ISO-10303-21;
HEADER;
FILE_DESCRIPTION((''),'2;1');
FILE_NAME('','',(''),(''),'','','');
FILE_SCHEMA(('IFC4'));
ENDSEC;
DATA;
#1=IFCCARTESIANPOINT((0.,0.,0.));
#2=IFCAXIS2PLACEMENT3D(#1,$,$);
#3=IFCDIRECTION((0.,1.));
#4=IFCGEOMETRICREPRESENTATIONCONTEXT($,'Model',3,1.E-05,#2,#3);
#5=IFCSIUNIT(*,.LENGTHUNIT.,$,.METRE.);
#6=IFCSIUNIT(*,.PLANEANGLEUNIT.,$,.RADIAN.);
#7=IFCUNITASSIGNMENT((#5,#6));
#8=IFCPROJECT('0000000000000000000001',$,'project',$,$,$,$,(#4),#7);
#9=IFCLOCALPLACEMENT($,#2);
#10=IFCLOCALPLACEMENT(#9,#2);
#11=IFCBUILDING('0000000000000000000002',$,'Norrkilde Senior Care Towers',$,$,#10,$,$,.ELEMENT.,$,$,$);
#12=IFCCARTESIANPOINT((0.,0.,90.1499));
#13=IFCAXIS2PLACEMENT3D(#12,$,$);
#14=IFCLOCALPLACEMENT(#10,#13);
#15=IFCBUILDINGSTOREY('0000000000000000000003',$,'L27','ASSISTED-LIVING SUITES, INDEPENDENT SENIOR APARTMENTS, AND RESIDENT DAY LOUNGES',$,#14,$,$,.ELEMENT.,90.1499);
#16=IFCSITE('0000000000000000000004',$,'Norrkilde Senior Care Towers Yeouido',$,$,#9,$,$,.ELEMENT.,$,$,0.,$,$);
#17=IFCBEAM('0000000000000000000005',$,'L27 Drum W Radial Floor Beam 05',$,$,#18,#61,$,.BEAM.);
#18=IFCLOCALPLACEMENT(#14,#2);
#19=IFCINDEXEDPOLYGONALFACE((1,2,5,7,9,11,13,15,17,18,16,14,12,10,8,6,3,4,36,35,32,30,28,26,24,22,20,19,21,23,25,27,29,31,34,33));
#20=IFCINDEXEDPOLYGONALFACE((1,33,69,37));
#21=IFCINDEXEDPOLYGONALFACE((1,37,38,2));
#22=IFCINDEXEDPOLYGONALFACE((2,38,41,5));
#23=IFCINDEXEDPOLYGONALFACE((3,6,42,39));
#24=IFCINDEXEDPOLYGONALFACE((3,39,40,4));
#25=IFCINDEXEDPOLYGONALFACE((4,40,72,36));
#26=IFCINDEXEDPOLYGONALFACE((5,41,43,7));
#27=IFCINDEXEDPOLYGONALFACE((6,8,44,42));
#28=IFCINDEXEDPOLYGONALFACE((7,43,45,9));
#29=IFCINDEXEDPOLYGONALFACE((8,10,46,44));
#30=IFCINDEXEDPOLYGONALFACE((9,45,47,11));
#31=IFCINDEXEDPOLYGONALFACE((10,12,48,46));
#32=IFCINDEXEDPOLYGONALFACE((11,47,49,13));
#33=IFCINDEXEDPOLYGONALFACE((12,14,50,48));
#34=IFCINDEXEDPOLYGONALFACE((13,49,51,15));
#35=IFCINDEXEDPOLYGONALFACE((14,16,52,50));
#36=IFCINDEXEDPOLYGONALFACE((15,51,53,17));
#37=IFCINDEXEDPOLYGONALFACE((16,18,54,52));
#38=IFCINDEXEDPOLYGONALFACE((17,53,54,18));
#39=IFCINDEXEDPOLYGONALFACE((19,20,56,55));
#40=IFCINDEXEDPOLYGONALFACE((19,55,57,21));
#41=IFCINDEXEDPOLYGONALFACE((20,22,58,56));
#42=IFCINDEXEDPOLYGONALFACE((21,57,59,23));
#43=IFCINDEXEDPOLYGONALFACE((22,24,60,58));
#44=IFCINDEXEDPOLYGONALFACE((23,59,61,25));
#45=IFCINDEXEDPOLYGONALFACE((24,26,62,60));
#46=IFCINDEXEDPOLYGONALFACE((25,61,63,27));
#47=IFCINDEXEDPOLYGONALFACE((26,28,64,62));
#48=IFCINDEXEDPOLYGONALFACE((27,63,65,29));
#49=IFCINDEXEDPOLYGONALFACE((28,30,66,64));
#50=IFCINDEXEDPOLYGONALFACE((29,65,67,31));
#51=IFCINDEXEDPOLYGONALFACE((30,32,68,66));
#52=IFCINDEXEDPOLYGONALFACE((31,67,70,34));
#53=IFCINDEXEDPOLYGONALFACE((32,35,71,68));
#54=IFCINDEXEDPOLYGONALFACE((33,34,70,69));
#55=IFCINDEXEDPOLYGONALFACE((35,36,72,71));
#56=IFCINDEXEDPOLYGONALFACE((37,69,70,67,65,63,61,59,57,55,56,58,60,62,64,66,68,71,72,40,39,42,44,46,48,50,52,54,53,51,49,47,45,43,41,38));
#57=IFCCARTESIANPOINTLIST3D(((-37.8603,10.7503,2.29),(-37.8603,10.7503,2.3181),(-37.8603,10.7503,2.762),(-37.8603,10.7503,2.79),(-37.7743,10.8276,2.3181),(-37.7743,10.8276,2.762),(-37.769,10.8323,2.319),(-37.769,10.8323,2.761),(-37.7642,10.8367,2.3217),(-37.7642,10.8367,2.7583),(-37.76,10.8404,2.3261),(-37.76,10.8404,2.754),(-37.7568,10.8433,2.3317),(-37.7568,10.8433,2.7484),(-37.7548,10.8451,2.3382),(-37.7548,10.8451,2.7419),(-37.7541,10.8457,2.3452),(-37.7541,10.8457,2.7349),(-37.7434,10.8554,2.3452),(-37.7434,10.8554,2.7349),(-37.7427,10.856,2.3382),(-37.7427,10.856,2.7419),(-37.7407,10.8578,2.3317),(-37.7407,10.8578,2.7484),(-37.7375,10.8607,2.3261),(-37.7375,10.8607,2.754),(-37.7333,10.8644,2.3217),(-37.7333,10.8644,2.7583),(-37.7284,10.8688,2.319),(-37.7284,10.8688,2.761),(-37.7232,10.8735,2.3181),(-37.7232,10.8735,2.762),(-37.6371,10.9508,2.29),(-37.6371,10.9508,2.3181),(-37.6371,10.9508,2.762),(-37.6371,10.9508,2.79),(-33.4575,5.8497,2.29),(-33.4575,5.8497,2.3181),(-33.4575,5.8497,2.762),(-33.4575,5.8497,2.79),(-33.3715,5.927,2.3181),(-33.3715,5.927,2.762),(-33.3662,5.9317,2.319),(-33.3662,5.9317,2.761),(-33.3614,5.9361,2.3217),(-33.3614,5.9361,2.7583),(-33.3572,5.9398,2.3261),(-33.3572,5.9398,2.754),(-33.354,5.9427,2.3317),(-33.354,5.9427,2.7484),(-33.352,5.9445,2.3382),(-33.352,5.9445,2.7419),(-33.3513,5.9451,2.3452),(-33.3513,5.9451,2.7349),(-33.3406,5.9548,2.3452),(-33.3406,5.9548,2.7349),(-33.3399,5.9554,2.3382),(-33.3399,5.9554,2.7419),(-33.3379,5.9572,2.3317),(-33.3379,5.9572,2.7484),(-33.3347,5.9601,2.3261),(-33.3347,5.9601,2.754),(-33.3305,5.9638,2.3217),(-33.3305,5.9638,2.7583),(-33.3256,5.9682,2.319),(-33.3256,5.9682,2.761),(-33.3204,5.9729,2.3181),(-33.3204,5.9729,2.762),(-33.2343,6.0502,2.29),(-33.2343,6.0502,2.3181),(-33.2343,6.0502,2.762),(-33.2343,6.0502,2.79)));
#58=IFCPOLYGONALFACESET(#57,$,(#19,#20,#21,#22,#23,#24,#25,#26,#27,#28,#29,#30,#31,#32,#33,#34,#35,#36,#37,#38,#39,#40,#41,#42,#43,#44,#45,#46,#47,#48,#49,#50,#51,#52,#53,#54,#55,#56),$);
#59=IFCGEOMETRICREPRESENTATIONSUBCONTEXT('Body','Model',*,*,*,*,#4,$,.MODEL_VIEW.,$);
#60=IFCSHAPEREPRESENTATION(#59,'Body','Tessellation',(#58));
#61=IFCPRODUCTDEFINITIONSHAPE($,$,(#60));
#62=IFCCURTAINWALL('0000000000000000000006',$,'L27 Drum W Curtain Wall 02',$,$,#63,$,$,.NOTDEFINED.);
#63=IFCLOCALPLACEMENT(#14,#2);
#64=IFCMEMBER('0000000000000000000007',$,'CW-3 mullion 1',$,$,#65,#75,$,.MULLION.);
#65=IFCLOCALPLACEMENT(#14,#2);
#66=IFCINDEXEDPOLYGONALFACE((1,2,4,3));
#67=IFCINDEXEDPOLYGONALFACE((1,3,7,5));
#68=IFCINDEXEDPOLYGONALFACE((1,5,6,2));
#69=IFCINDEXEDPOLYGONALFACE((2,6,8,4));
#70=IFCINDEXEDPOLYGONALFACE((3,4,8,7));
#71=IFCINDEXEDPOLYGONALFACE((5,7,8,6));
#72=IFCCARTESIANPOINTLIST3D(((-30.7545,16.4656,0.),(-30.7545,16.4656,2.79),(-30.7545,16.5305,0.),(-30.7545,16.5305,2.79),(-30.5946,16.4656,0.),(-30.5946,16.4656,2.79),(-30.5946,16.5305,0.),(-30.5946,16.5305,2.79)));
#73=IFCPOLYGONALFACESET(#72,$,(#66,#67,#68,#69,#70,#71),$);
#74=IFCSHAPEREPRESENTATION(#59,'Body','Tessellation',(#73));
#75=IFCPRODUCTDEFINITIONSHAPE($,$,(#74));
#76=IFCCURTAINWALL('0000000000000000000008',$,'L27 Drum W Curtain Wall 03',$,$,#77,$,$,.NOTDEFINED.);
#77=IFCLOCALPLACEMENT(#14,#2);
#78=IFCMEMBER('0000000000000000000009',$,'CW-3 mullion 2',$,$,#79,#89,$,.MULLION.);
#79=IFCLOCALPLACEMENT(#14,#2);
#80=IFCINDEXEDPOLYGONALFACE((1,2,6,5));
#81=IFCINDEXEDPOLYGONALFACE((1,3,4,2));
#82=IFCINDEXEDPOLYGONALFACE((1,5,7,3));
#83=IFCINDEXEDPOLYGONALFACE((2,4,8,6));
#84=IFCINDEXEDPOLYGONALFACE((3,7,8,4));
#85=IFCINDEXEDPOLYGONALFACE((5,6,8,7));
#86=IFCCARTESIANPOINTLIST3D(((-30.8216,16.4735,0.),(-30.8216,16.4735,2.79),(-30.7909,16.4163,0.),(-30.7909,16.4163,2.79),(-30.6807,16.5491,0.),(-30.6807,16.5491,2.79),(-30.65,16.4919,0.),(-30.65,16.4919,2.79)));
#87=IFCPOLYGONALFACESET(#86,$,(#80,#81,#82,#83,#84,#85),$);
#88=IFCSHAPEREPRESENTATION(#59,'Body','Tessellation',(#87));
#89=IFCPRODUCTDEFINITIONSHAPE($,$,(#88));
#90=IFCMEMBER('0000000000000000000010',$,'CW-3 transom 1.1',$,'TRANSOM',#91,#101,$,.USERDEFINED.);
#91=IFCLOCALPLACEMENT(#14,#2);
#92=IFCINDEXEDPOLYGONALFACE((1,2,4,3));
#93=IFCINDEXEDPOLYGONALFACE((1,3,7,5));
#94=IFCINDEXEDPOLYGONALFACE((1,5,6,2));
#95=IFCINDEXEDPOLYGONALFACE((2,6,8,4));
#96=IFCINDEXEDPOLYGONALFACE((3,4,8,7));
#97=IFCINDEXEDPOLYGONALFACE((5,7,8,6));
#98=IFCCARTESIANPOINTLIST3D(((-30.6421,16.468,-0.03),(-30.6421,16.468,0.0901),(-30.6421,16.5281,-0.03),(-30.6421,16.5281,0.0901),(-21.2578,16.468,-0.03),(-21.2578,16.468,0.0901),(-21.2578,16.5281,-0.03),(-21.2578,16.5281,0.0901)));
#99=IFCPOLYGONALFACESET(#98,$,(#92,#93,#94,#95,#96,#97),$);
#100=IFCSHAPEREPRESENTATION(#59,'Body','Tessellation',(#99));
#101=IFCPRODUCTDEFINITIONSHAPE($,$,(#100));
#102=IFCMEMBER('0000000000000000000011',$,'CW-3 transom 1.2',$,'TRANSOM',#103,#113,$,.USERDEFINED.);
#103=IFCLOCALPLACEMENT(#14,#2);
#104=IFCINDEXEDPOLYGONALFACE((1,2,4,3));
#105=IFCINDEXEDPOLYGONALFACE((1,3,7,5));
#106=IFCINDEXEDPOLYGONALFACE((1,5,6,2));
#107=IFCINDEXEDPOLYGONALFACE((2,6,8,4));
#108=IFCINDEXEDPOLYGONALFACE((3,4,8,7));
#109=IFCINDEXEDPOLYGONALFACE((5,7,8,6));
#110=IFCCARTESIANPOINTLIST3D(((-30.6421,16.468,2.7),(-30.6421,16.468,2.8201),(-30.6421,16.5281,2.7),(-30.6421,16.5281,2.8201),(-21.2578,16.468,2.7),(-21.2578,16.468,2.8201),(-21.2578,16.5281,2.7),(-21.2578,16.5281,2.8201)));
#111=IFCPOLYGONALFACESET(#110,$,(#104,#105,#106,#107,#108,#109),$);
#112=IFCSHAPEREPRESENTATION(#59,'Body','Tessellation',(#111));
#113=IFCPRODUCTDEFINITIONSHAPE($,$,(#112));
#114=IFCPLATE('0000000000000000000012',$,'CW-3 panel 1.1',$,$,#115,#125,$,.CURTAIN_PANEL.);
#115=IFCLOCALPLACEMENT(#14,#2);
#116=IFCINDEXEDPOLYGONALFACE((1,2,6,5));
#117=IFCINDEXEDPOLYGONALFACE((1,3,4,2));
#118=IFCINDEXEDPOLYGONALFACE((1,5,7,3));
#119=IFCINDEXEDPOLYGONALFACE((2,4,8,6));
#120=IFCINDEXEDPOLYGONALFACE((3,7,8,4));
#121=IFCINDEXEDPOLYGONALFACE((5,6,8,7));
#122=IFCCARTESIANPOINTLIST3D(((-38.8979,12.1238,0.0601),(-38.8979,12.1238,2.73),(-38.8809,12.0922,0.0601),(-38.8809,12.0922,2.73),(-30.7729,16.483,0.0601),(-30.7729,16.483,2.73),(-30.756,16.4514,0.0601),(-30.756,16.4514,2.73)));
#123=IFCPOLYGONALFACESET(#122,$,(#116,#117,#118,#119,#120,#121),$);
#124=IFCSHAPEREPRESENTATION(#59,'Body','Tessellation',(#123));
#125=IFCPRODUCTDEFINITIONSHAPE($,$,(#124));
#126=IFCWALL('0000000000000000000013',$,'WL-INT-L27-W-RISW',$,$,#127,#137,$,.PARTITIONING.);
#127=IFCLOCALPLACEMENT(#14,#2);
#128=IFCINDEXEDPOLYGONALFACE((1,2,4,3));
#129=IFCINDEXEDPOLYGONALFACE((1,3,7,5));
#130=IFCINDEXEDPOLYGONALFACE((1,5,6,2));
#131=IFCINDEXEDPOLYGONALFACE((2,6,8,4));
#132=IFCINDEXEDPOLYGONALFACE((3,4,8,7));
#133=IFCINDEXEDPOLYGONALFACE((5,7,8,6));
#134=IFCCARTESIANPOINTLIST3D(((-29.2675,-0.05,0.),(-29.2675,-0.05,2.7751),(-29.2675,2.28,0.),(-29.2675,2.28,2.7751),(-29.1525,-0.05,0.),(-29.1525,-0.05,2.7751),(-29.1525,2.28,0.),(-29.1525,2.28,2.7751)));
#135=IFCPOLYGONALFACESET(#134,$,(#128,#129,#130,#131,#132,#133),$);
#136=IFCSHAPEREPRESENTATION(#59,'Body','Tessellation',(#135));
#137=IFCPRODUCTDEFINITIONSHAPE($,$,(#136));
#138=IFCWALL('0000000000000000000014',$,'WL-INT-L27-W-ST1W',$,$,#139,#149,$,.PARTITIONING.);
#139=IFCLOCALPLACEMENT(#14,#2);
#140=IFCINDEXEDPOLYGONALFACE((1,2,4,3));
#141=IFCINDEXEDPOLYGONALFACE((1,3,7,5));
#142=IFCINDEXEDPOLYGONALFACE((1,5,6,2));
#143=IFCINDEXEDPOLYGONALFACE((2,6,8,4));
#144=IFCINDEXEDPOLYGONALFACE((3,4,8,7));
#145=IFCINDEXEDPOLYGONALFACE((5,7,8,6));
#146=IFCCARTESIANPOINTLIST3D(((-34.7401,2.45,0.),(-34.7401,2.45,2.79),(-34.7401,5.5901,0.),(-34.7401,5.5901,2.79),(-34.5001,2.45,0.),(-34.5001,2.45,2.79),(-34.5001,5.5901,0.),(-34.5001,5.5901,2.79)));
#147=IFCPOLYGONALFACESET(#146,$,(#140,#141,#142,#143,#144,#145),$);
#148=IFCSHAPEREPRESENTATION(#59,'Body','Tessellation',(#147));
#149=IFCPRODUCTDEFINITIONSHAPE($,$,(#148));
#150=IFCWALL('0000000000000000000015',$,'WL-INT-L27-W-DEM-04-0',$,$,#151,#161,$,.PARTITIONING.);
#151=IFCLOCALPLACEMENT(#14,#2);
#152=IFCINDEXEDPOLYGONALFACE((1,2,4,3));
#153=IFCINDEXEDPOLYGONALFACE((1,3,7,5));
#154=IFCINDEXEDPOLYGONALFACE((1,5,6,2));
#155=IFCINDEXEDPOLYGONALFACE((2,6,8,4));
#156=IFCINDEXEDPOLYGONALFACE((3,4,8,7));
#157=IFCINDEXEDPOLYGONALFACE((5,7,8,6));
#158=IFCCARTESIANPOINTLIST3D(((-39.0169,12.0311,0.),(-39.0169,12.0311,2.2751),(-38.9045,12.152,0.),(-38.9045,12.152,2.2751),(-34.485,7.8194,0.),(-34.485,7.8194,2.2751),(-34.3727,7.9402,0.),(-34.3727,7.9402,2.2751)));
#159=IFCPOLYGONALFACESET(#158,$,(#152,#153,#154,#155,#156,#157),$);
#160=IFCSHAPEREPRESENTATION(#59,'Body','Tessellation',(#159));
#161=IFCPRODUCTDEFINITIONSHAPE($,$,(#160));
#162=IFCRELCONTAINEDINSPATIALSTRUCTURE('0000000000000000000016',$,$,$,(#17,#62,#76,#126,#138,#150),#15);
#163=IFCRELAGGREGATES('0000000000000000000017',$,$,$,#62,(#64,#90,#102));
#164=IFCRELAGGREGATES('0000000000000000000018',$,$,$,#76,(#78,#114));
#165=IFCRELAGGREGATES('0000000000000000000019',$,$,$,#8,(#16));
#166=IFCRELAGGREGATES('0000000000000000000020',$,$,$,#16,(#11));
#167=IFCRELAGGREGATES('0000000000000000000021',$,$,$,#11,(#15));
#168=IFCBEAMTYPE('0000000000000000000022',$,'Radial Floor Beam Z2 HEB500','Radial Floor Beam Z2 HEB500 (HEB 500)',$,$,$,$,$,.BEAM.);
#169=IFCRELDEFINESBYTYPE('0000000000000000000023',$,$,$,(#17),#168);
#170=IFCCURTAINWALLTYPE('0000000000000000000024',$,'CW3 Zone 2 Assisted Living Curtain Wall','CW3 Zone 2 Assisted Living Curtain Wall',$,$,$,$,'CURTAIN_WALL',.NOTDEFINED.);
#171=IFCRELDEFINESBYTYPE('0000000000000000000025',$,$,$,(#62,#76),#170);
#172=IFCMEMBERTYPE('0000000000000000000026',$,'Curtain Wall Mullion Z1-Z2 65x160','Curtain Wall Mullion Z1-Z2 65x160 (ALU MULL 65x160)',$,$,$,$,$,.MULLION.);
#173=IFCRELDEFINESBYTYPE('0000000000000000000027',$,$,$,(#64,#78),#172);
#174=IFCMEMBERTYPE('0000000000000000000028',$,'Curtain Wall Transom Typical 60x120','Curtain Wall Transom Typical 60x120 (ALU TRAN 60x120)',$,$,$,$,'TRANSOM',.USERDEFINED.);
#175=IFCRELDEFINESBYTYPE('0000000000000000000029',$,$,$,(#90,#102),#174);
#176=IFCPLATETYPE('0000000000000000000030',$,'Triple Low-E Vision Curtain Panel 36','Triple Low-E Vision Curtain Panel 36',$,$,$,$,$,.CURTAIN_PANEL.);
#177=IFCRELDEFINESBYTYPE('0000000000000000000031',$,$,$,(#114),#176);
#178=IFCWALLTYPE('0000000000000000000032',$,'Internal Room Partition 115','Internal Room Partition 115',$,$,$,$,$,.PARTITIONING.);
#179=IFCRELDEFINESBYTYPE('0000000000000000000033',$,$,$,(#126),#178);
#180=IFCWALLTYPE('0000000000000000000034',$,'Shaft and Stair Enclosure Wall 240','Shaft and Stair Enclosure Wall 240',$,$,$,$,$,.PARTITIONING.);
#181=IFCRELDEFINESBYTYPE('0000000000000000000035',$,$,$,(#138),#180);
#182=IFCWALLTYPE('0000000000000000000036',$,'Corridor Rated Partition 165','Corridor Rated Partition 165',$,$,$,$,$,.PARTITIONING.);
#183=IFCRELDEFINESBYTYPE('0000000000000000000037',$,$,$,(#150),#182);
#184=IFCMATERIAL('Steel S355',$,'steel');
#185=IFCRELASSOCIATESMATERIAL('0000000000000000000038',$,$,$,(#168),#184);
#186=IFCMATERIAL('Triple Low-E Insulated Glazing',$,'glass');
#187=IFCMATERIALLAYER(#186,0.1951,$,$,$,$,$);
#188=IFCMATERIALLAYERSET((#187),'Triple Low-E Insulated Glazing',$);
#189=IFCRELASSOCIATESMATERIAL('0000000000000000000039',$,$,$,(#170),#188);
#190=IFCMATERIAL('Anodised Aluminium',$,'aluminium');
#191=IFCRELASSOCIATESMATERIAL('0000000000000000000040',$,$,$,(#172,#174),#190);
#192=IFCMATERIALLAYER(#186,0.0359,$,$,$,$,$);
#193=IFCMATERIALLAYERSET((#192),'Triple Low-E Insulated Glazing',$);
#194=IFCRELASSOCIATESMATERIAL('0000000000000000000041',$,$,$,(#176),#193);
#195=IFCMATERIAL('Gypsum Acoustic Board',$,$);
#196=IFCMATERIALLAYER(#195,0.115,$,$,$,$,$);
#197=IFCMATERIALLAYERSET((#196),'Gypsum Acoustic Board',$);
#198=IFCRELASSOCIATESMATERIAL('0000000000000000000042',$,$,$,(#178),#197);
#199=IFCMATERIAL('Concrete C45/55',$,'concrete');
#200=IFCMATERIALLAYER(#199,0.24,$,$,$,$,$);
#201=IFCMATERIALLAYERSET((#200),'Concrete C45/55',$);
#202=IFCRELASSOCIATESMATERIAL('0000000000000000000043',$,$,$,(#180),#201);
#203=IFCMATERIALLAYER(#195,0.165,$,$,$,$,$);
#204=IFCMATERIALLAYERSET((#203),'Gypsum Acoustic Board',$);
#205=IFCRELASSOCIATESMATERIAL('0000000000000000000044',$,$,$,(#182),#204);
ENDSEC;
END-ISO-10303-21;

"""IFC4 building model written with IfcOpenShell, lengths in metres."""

from ifc_helpers import new_model, si_unit, direction, frame, frame_2d, origin, origin_2d, place, context, subcontext, project, spatial, rectangle, i_section, extrude, source, transform, mapped, material, layer, layer_set, material_profile, profile_set, type_object, type_shapes, element, aggregate, save


model = new_model("IFC4")

# Units and contexts
model_context = context("Model", 3, precision=1e-05, world=origin(), true_north=direction((0.0, 1.0)))
body_context = subcontext(model_context, "Body", "Model", "MODEL_VIEW")
ifc_project = project(units=[si_unit("LENGTHUNIT", "METRE"), si_unit("PLANEANGLEUNIT", "RADIAN")], contexts=[model_context])

# Site, building, storey
site_placement = place(None, origin())
site = spatial("IfcSite", under=ifc_project, at=site_placement, Name="Norrkilde Senior Care Towers Yeouido", CompositionType="ELEMENT", RefElevation=0.0)
building_placement = place(site_placement, origin())
building = spatial("IfcBuilding", under=site, at=building_placement, Name="Norrkilde Senior Care Towers", CompositionType="ELEMENT")
storey_placement = place(building_placement, frame((0.0, 0.0, 90.1499)))
storey = spatial("IfcBuildingStorey", under=building, at=storey_placement, Name="L27", Description="ASSISTED-LIVING SUITES, INDEPENDENT SENIOR APARTMENTS, AND RESIDENT DAY LOUNGES", CompositionType="ELEMENT", Elevation=90.1499)

# Beam
ifc_material_1 = material(Name="Steel S355", Category="steel")
ifc_material_profile_1 = material_profile(ifc_material_1, i_section(OverallWidth=0.3, OverallDepth=0.5, WebThickness=0.0144, FlangeThickness=0.0281, FilletRadius=0.0271, at=origin_2d()), Name="HEB 500")
ifc_profile_set_1 = profile_set([ifc_material_profile_1], Name="Steel S355")
beam_type_1 = type_object("IfcBeamType", Name="Radial Floor Beam Z2 HEB500", Description="Radial Floor Beam Z2 HEB500 (HEB 500)", PredefinedType="BEAM", material=ifc_profile_set_1)
shared_shape_1 = source(origin(), body_context, "Body", "SweptSolid", [
    extrude(i_section(OverallWidth=0.3, OverallDepth=0.5, WebThickness=0.0144, FlangeThickness=0.0281, FilletRadius=0.0271, at=origin_2d()), origin(), (0.0, 0.0, 1.0), 6.5879),
])
beam_1_placement = place(storey_placement, frame((-33.3459, 5.95, 2.54), z_axis=(-0.668315, 0.743878, 0.0), x_axis=(-0.743878, -0.668315, 0.0)))
element("IfcBeam", 1, at=beam_1_placement, inside=storey, type_object=beam_type_1, Name="L27 Drum W Radial Floor Beam 05", PredefinedType="BEAM", context=body_context, shape_type="MappedRepresentation", body=[
    mapped(shared_shape_1, transform((0.0, 0.0, 0.0), x_axis=(1.0, 0.0, 0.0), y_axis=(0.0, 1.0, 0.0), z_axis=(0.0, 0.0, 1.0), scale=1.0)),
])

# Curtain walls, members
ifc_material_2 = material(Name="Triple Low-E Insulated Glazing", Category="glass")
ifc_layer_1 = layer(ifc_material_2, 0.1951)
ifc_layer_set_1 = layer_set([ifc_layer_1], Name="Triple Low-E Insulated Glazing")
curtain_wall_type = type_object("IfcCurtainWallType", Name="CW3 Zone 2 Assisted Living Curtain Wall", Description="CW3 Zone 2 Assisted Living Curtain Wall", ElementType="CURTAIN_WALL", PredefinedType="NOTDEFINED", material=ifc_layer_set_1)
curtain_wall_1_placement = place(storey_placement, origin())
curtain_wall_1 = element("IfcCurtainWall", 2, at=curtain_wall_1_placement, inside=storey, type_object=curtain_wall_type, Name="L27 Drum W Curtain Wall 02", PredefinedType="NOTDEFINED")
ifc_material_3 = material(Name="Anodised Aluminium", Category="aluminium")
ifc_material_profile_2 = material_profile(ifc_material_3, rectangle(XDim=0.0649, YDim=0.1599, at=origin_2d()), Name="ALU MULL 65x160")
ifc_profile_set_2 = profile_set([ifc_material_profile_2], Name="Anodised Aluminium")
member_type_1 = type_object("IfcMemberType", Name="Curtain Wall Mullion Z1-Z2 65x160", Description="Curtain Wall Mullion Z1-Z2 65x160 (ALU MULL 65x160)", PredefinedType="MULLION", material=ifc_profile_set_2)
shared_shape_2 = source(origin(), body_context, "Body", "SweptSolid", [
    extrude(rectangle(XDim=0.0649, YDim=0.1599, at=origin_2d()), origin(), (0.0, 0.0, 1.0), 2.79),
])
type_shapes(member_type_1, [shared_shape_2])
member_1_placement = place(storey_placement, frame((-30.6746, 16.498, 0.0), z_axis=(0.0, 0.0, 1.0), x_axis=(0.0, 1.0, 0.0)))
member_1 = element("IfcMember", 3, at=member_1_placement, type_object=member_type_1, Name="CW-3 mullion 1", PredefinedType="MULLION", context=body_context, shape_type="MappedRepresentation", body=[
    mapped(shared_shape_2, transform((0.0, 0.0, 0.0), x_axis=(1.0, 0.0, 0.0), y_axis=(0.0, 1.0, 0.0), z_axis=(0.0, 0.0, 1.0), scale=1.0)),
])
curtain_wall_2_placement = place(storey_placement, origin())
curtain_wall_2 = element("IfcCurtainWall", 4, at=curtain_wall_2_placement, inside=storey, type_object=curtain_wall_type, Name="L27 Drum W Curtain Wall 03", PredefinedType="NOTDEFINED")
member_2_placement = place(storey_placement, frame((-30.7358, 16.4827, 0.0), z_axis=(0.0, 0.0, 1.0), x_axis=(-0.472769, 0.881186, 0.0)))
member_2 = element("IfcMember", 5, at=member_2_placement, type_object=member_type_1, Name="CW-3 mullion 2", PredefinedType="MULLION", context=body_context, shape_type="MappedRepresentation", body=[
    mapped(shared_shape_2, transform((0.0, 0.0, 0.0), x_axis=(1.0, 0.0, 0.0), y_axis=(0.0, 1.0, 0.0), z_axis=(0.0, 0.0, 1.0), scale=1.0)),
])

# Members
ifc_material_profile_3 = material_profile(ifc_material_3, rectangle(XDim=0.0601, YDim=0.1201, at=origin_2d()), Name="ALU TRAN 60x120")
ifc_profile_set_3 = profile_set([ifc_material_profile_3], Name="Anodised Aluminium")
member_type_2 = type_object("IfcMemberType", Name="Curtain Wall Transom Typical 60x120", Description="Curtain Wall Transom Typical 60x120 (ALU TRAN 60x120)", ElementType="TRANSOM", PredefinedType="USERDEFINED", material=ifc_profile_set_3)
shared_shape_3 = source(origin(), body_context, "Body", "SweptSolid", [
    extrude(rectangle(XDim=0.0601, YDim=0.1201, at=origin_2d()), origin(), (0.0, 0.0, 1.0), 9.3843),
])
type_shapes(member_type_2, [shared_shape_3])
member_3_placement = place(storey_placement, frame((-30.6421, 16.498, 0.03), z_axis=(1.0, 0.0, 0.0), x_axis=(0.0, 1.0, 0.0)))
member_3 = element("IfcMember", 6, at=member_3_placement, type_object=member_type_2, Name="CW-3 transom 1.1", ObjectType="TRANSOM", PredefinedType="USERDEFINED", context=body_context, shape_type="MappedRepresentation", body=[
    mapped(shared_shape_3, transform((0.0, 0.0, 0.0), x_axis=(1.0, 0.0, 0.0), y_axis=(0.0, 1.0, 0.0), z_axis=(0.0, 0.0, 1.0), scale=1.0)),
])
member_4_placement = place(storey_placement, frame((-30.6421, 16.498, 2.76), z_axis=(1.0, 0.0, 0.0), x_axis=(0.0, 1.0, 0.0)))
member_4 = element("IfcMember", 7, at=member_4_placement, type_object=member_type_2, Name="CW-3 transom 1.2", ObjectType="TRANSOM", PredefinedType="USERDEFINED", context=body_context, shape_type="MappedRepresentation", body=[
    mapped(shared_shape_3, transform((0.0, 0.0, 0.0), x_axis=(1.0, 0.0, 0.0), y_axis=(0.0, 1.0, 0.0), z_axis=(0.0, 0.0, 1.0), scale=1.0)),
])
aggregate(curtain_wall_1, [member_1, member_3, member_4])

# Plate
ifc_layer_2 = layer(ifc_material_2, 0.0359)
ifc_layer_set_2 = layer_set([ifc_layer_2], Name="Triple Low-E Insulated Glazing")
plate_type = type_object("IfcPlateType", Name="Triple Low-E Vision Curtain Panel 36", Description="Triple Low-E Vision Curtain Panel 36", PredefinedType="CURTAIN_PANEL", material=ifc_layer_set_2)
shared_shape_4 = source(origin(), body_context, "Body", "SweptSolid", [
    extrude(rectangle(XDim=9.2205, YDim=0.0359, at=origin_2d()), origin(), (0.0, 0.0, 1.0), 2.6699),
])
type_shapes(plate_type, [shared_shape_4])
plate_placement = place(storey_placement, frame((-34.8269, 14.2876, 0.0601), z_axis=(0.0, 0.0, 1.0), x_axis=(0.881186, 0.472769, 0.0)))
plate = element("IfcPlate", 8, at=plate_placement, type_object=plate_type, Name="CW-3 panel 1.1", PredefinedType="CURTAIN_PANEL", context=body_context, shape_type="MappedRepresentation", body=[
    mapped(shared_shape_4, transform((0.0, 0.0, 0.0), x_axis=(1.0, 0.0, 0.0), y_axis=(0.0, 1.0, 0.0), z_axis=(0.0, 0.0, 1.0), scale=1.0)),
])
aggregate(curtain_wall_2, [member_2, plate])

# Walls
ifc_material_4 = material(Name="Gypsum Acoustic Board")
ifc_layer_3 = layer(ifc_material_4, 0.115)
ifc_layer_set_3 = layer_set([ifc_layer_3], Name="Gypsum Acoustic Board")
wall_type_1 = type_object("IfcWallType", Name="Internal Room Partition 115", Description="Internal Room Partition 115", PredefinedType="PARTITIONING", material=ifc_layer_set_3)
shared_shape_5 = source(origin(), body_context, "Body", "SweptSolid", [
    extrude(rectangle(XDim=2.3301, YDim=0.115, at=frame_2d((1.165, 0.0))), origin(), (0.0, 0.0, 1.0), 2.7751),
])
type_shapes(wall_type_1, [shared_shape_5])
wall_1_placement = place(storey_placement, frame((-29.21, -0.05, 0.0), z_axis=(0.0, 0.0, 1.0), x_axis=(0.0, 1.0, 0.0)))
element("IfcWall", 9, at=wall_1_placement, inside=storey, type_object=wall_type_1, Name="WL-INT-L27-W-RISW", PredefinedType="PARTITIONING", context=body_context, shape_type="MappedRepresentation", body=[
    mapped(shared_shape_5, transform((0.0, 0.0, 0.0), x_axis=(1.0, 0.0, 0.0), y_axis=(0.0, 1.0, 0.0), z_axis=(0.0, 0.0, 1.0), scale=1.0)),
])
ifc_material_5 = material(Name="Concrete C45/55", Category="concrete")
ifc_layer_4 = layer(ifc_material_5, 0.24)
ifc_layer_set_4 = layer_set([ifc_layer_4], Name="Concrete C45/55")
wall_type_2 = type_object("IfcWallType", Name="Shaft and Stair Enclosure Wall 240", Description="Shaft and Stair Enclosure Wall 240", PredefinedType="PARTITIONING", material=ifc_layer_set_4)
shared_shape_6 = source(origin(), body_context, "Body", "SweptSolid", [
    extrude(rectangle(XDim=3.1401, YDim=0.24, at=frame_2d((1.5701, 0.0))), origin(), (0.0, 0.0, 1.0), 2.79),
])
type_shapes(wall_type_2, [shared_shape_6])
wall_2_placement = place(storey_placement, frame((-34.6201, 2.45, 0.0), z_axis=(0.0, 0.0, 1.0), x_axis=(0.0, 1.0, 0.0)))
element("IfcWall", 10, at=wall_2_placement, inside=storey, type_object=wall_type_2, Name="WL-INT-L27-W-ST1W", PredefinedType="PARTITIONING", context=body_context, shape_type="MappedRepresentation", body=[
    mapped(shared_shape_6, transform((0.0, 0.0, 0.0), x_axis=(1.0, 0.0, 0.0), y_axis=(0.0, 1.0, 0.0), z_axis=(0.0, 0.0, 1.0), scale=1.0)),
])

# Wall
ifc_layer_5 = layer(ifc_material_4, 0.165)
ifc_layer_set_5 = layer_set([ifc_layer_5], Name="Gypsum Acoustic Board")
wall_type_3 = type_object("IfcWallType", Name="Corridor Rated Partition 165", Description="Corridor Rated Partition 165", PredefinedType="PARTITIONING", material=ifc_layer_set_5)
shared_shape_7 = source(origin(), body_context, "Body", "SweptSolid", [
    extrude(rectangle(XDim=6.1868, YDim=0.165, at=frame_2d((3.0933, 0.0))), origin(), (0.0, 0.0, 1.0), 2.2751),
])
wall_3_placement = place(storey_placement, frame((-34.429, 7.8799, 0.0), z_axis=(0.0, 0.0, 1.0), x_axis=(-0.732501, 0.680766, 0.0)))
element("IfcWall", 11, at=wall_3_placement, inside=storey, type_object=wall_type_3, Name="WL-INT-L27-W-DEM-04-0", PredefinedType="PARTITIONING", context=body_context, shape_type="MappedRepresentation", body=[
    mapped(shared_shape_7, transform((0.0, 0.0, 0.0), x_axis=(1.0, 0.0, 0.0), y_axis=(0.0, 1.0, 0.0), z_axis=(0.0, 0.0, 1.0), scale=1.0)),
])

save(model, "model.ifc")
